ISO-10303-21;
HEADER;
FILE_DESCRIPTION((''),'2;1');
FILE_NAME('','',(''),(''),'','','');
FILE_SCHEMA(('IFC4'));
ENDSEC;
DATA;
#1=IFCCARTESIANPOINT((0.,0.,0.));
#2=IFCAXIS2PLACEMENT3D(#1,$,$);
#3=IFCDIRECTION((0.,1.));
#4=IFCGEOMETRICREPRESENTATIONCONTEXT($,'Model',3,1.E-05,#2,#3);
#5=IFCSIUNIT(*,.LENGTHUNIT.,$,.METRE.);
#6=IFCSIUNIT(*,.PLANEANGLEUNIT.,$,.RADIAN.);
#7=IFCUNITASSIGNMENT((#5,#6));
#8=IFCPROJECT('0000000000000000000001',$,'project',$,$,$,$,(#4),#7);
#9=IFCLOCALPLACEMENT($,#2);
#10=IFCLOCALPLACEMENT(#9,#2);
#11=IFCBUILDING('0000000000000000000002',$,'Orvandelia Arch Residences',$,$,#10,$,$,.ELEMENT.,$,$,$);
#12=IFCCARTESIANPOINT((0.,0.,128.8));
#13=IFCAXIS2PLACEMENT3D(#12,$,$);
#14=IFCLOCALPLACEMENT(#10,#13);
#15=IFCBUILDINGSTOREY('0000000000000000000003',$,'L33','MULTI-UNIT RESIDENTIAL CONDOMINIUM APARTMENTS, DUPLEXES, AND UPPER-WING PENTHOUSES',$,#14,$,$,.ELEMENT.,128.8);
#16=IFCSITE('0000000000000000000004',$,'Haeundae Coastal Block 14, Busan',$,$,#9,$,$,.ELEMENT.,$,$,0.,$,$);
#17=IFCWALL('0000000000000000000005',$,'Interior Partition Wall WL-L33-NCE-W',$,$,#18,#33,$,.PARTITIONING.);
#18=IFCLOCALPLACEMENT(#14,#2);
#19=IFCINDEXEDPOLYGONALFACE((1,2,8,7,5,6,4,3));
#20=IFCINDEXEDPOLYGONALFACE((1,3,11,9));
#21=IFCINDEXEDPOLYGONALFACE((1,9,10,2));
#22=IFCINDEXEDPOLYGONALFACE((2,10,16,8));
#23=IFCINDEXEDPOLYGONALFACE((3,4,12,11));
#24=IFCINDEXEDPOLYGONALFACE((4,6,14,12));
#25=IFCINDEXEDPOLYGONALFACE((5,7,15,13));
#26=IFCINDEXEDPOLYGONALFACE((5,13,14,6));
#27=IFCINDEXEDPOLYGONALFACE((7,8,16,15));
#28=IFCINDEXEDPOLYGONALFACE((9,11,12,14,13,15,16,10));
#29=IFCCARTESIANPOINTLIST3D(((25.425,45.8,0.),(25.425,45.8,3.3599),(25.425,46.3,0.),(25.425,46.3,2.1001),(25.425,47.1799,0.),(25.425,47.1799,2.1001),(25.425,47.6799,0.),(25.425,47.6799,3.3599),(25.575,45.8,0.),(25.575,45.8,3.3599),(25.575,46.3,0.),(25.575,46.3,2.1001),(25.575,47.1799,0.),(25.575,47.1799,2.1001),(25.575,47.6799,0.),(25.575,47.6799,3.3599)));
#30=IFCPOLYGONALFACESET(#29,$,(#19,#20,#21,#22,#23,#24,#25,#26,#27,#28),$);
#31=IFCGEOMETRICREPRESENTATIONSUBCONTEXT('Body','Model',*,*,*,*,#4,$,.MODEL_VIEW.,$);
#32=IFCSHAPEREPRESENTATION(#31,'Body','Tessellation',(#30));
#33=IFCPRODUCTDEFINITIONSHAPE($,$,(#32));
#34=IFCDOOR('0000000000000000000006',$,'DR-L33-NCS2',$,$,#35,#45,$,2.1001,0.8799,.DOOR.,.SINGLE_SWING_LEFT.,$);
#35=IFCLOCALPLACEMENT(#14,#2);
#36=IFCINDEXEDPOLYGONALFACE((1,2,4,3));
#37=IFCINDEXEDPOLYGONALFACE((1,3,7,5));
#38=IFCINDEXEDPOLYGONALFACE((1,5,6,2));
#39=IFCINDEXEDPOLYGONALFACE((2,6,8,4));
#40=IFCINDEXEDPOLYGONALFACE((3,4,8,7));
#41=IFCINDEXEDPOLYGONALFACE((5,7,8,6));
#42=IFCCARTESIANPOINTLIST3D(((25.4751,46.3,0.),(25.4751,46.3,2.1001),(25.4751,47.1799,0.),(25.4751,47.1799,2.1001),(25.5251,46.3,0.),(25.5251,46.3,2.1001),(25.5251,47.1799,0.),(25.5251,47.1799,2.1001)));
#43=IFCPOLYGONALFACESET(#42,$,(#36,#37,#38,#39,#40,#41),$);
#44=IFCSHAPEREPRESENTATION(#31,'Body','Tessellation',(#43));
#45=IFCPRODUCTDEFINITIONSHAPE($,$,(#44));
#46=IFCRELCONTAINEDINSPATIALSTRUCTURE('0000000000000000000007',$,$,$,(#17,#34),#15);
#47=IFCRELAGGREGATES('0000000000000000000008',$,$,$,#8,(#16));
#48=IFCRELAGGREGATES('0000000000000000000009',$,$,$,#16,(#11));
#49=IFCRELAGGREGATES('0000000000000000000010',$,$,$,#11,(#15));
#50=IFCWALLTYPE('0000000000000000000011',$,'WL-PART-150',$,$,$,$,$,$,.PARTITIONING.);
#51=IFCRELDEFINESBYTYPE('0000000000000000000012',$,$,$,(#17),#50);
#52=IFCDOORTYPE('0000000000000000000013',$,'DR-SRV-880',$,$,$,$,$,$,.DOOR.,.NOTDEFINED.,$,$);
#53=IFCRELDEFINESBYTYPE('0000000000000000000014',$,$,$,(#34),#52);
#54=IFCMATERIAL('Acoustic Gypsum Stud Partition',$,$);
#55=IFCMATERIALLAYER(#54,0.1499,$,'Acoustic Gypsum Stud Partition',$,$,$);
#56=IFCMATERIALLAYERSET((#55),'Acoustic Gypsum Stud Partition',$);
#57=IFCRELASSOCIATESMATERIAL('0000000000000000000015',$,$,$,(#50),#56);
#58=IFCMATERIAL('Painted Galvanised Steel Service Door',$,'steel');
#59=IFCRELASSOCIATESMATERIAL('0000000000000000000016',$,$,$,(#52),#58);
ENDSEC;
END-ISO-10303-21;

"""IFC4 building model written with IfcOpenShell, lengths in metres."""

from ifc_helpers import new_model, si_unit, direction, frame, frame_2d, origin, place, context, subcontext, project, spatial, rectangle, extrude, material, layer, layer_set, type_object, element, fill, save


model = new_model("IFC4")

# Units and contexts
model_context = context("Model", 3, precision=1e-05, world=origin(), true_north=direction((0.0, 1.0)))
body_context = subcontext(model_context, "Body", "Model", "MODEL_VIEW")
ifc_project = project(units=[si_unit("LENGTHUNIT", "METRE"), si_unit("PLANEANGLEUNIT", "RADIAN")], contexts=[model_context])

# Site, building, storey
site_placement = place(None, origin())
site = spatial("IfcSite", under=ifc_project, at=site_placement, Name="Haeundae Coastal Block 14, Busan", CompositionType="ELEMENT", RefElevation=0.0)
building_placement = place(site_placement, origin())
building = spatial("IfcBuilding", under=site, at=building_placement, Name="Orvandelia Arch Residences", CompositionType="ELEMENT")
storey_placement = place(building_placement, frame((0.0, 0.0, 128.8)))
storey = spatial("IfcBuildingStorey", under=building, at=storey_placement, Name="L33", Description="MULTI-UNIT RESIDENTIAL CONDOMINIUM APARTMENTS, DUPLEXES, AND UPPER-WING PENTHOUSES", CompositionType="ELEMENT", Elevation=128.8)

# Wall, opening, door
ifc_material_1 = material(Name="Acoustic Gypsum Stud Partition")
ifc_layer_1 = layer(ifc_material_1, 0.1499, Name="Acoustic Gypsum Stud Partition")
ifc_layer_set_1 = layer_set([ifc_layer_1], Name="Acoustic Gypsum Stud Partition")
wall_type_1 = type_object("IfcWallType", Name="WL-PART-150", PredefinedType="PARTITIONING", material=ifc_layer_set_1)
wall_1_placement = place(storey_placement, frame((25.5, 45.8, 0.0), z_axis=(0.0, 0.0, 1.0), x_axis=(0.0, 1.0, 0.0)))
wall_1 = element("IfcWall", 1, at=wall_1_placement, inside=storey, type_object=wall_type_1, Name="Interior Partition Wall WL-L33-NCE-W", PredefinedType="PARTITIONING", context=body_context, shape_type="SweptSolid", body=[
    extrude(rectangle(XDim=1.8799, YDim=0.1499, at=frame_2d((0.9399, 0.0))), origin(), (0.0, 0.0, 1.0), 3.3599),
])
opening_1_placement = place(wall_1_placement, frame((0.5, 0.0, 0.0)))
opening_1 = element("IfcOpeningElement", 2, at=opening_1_placement, cuts=wall_1, PredefinedType="OPENING", context=body_context, shape_type="SweptSolid", body=[
    extrude(rectangle(XDim=0.8799, YDim=2.1001, at=frame_2d((0.4399, 1.05))), frame((0.0, 0.085, 0.0), z_axis=(0.0, -1.0, 0.0), x_axis=(1.0, 0.0, 0.0)), (0.0, 0.0, 1.0), 0.1699),
])
ifc_material_2 = material(Name="Painted Galvanised Steel Service Door", Category="steel")
door_type_1 = type_object("IfcDoorType", Name="DR-SRV-880", OperationType="NOTDEFINED", PredefinedType="DOOR", material=ifc_material_2)
door_1_placement = place(opening_1_placement, origin())
door_1 = element("IfcDoor", 3, at=door_1_placement, inside=storey, type_object=door_type_1, Name="DR-L33-NCS2", OperationType="SINGLE_SWING_LEFT", OverallHeight=2.1001, OverallWidth=0.8799, PredefinedType="DOOR", context=body_context, shape_type="SweptSolid", body=[
    extrude(rectangle(XDim=0.8799, YDim=2.1001, at=frame_2d((0.4399, 1.05))), frame((0.0, 0.0249, 0.0), z_axis=(0.0, -1.0, 0.0), x_axis=(1.0, 0.0, 0.0)), (0.0, 0.0, 1.0), 0.05),
])
fill(opening_1, door_1)

save(model, "model.ifc")
